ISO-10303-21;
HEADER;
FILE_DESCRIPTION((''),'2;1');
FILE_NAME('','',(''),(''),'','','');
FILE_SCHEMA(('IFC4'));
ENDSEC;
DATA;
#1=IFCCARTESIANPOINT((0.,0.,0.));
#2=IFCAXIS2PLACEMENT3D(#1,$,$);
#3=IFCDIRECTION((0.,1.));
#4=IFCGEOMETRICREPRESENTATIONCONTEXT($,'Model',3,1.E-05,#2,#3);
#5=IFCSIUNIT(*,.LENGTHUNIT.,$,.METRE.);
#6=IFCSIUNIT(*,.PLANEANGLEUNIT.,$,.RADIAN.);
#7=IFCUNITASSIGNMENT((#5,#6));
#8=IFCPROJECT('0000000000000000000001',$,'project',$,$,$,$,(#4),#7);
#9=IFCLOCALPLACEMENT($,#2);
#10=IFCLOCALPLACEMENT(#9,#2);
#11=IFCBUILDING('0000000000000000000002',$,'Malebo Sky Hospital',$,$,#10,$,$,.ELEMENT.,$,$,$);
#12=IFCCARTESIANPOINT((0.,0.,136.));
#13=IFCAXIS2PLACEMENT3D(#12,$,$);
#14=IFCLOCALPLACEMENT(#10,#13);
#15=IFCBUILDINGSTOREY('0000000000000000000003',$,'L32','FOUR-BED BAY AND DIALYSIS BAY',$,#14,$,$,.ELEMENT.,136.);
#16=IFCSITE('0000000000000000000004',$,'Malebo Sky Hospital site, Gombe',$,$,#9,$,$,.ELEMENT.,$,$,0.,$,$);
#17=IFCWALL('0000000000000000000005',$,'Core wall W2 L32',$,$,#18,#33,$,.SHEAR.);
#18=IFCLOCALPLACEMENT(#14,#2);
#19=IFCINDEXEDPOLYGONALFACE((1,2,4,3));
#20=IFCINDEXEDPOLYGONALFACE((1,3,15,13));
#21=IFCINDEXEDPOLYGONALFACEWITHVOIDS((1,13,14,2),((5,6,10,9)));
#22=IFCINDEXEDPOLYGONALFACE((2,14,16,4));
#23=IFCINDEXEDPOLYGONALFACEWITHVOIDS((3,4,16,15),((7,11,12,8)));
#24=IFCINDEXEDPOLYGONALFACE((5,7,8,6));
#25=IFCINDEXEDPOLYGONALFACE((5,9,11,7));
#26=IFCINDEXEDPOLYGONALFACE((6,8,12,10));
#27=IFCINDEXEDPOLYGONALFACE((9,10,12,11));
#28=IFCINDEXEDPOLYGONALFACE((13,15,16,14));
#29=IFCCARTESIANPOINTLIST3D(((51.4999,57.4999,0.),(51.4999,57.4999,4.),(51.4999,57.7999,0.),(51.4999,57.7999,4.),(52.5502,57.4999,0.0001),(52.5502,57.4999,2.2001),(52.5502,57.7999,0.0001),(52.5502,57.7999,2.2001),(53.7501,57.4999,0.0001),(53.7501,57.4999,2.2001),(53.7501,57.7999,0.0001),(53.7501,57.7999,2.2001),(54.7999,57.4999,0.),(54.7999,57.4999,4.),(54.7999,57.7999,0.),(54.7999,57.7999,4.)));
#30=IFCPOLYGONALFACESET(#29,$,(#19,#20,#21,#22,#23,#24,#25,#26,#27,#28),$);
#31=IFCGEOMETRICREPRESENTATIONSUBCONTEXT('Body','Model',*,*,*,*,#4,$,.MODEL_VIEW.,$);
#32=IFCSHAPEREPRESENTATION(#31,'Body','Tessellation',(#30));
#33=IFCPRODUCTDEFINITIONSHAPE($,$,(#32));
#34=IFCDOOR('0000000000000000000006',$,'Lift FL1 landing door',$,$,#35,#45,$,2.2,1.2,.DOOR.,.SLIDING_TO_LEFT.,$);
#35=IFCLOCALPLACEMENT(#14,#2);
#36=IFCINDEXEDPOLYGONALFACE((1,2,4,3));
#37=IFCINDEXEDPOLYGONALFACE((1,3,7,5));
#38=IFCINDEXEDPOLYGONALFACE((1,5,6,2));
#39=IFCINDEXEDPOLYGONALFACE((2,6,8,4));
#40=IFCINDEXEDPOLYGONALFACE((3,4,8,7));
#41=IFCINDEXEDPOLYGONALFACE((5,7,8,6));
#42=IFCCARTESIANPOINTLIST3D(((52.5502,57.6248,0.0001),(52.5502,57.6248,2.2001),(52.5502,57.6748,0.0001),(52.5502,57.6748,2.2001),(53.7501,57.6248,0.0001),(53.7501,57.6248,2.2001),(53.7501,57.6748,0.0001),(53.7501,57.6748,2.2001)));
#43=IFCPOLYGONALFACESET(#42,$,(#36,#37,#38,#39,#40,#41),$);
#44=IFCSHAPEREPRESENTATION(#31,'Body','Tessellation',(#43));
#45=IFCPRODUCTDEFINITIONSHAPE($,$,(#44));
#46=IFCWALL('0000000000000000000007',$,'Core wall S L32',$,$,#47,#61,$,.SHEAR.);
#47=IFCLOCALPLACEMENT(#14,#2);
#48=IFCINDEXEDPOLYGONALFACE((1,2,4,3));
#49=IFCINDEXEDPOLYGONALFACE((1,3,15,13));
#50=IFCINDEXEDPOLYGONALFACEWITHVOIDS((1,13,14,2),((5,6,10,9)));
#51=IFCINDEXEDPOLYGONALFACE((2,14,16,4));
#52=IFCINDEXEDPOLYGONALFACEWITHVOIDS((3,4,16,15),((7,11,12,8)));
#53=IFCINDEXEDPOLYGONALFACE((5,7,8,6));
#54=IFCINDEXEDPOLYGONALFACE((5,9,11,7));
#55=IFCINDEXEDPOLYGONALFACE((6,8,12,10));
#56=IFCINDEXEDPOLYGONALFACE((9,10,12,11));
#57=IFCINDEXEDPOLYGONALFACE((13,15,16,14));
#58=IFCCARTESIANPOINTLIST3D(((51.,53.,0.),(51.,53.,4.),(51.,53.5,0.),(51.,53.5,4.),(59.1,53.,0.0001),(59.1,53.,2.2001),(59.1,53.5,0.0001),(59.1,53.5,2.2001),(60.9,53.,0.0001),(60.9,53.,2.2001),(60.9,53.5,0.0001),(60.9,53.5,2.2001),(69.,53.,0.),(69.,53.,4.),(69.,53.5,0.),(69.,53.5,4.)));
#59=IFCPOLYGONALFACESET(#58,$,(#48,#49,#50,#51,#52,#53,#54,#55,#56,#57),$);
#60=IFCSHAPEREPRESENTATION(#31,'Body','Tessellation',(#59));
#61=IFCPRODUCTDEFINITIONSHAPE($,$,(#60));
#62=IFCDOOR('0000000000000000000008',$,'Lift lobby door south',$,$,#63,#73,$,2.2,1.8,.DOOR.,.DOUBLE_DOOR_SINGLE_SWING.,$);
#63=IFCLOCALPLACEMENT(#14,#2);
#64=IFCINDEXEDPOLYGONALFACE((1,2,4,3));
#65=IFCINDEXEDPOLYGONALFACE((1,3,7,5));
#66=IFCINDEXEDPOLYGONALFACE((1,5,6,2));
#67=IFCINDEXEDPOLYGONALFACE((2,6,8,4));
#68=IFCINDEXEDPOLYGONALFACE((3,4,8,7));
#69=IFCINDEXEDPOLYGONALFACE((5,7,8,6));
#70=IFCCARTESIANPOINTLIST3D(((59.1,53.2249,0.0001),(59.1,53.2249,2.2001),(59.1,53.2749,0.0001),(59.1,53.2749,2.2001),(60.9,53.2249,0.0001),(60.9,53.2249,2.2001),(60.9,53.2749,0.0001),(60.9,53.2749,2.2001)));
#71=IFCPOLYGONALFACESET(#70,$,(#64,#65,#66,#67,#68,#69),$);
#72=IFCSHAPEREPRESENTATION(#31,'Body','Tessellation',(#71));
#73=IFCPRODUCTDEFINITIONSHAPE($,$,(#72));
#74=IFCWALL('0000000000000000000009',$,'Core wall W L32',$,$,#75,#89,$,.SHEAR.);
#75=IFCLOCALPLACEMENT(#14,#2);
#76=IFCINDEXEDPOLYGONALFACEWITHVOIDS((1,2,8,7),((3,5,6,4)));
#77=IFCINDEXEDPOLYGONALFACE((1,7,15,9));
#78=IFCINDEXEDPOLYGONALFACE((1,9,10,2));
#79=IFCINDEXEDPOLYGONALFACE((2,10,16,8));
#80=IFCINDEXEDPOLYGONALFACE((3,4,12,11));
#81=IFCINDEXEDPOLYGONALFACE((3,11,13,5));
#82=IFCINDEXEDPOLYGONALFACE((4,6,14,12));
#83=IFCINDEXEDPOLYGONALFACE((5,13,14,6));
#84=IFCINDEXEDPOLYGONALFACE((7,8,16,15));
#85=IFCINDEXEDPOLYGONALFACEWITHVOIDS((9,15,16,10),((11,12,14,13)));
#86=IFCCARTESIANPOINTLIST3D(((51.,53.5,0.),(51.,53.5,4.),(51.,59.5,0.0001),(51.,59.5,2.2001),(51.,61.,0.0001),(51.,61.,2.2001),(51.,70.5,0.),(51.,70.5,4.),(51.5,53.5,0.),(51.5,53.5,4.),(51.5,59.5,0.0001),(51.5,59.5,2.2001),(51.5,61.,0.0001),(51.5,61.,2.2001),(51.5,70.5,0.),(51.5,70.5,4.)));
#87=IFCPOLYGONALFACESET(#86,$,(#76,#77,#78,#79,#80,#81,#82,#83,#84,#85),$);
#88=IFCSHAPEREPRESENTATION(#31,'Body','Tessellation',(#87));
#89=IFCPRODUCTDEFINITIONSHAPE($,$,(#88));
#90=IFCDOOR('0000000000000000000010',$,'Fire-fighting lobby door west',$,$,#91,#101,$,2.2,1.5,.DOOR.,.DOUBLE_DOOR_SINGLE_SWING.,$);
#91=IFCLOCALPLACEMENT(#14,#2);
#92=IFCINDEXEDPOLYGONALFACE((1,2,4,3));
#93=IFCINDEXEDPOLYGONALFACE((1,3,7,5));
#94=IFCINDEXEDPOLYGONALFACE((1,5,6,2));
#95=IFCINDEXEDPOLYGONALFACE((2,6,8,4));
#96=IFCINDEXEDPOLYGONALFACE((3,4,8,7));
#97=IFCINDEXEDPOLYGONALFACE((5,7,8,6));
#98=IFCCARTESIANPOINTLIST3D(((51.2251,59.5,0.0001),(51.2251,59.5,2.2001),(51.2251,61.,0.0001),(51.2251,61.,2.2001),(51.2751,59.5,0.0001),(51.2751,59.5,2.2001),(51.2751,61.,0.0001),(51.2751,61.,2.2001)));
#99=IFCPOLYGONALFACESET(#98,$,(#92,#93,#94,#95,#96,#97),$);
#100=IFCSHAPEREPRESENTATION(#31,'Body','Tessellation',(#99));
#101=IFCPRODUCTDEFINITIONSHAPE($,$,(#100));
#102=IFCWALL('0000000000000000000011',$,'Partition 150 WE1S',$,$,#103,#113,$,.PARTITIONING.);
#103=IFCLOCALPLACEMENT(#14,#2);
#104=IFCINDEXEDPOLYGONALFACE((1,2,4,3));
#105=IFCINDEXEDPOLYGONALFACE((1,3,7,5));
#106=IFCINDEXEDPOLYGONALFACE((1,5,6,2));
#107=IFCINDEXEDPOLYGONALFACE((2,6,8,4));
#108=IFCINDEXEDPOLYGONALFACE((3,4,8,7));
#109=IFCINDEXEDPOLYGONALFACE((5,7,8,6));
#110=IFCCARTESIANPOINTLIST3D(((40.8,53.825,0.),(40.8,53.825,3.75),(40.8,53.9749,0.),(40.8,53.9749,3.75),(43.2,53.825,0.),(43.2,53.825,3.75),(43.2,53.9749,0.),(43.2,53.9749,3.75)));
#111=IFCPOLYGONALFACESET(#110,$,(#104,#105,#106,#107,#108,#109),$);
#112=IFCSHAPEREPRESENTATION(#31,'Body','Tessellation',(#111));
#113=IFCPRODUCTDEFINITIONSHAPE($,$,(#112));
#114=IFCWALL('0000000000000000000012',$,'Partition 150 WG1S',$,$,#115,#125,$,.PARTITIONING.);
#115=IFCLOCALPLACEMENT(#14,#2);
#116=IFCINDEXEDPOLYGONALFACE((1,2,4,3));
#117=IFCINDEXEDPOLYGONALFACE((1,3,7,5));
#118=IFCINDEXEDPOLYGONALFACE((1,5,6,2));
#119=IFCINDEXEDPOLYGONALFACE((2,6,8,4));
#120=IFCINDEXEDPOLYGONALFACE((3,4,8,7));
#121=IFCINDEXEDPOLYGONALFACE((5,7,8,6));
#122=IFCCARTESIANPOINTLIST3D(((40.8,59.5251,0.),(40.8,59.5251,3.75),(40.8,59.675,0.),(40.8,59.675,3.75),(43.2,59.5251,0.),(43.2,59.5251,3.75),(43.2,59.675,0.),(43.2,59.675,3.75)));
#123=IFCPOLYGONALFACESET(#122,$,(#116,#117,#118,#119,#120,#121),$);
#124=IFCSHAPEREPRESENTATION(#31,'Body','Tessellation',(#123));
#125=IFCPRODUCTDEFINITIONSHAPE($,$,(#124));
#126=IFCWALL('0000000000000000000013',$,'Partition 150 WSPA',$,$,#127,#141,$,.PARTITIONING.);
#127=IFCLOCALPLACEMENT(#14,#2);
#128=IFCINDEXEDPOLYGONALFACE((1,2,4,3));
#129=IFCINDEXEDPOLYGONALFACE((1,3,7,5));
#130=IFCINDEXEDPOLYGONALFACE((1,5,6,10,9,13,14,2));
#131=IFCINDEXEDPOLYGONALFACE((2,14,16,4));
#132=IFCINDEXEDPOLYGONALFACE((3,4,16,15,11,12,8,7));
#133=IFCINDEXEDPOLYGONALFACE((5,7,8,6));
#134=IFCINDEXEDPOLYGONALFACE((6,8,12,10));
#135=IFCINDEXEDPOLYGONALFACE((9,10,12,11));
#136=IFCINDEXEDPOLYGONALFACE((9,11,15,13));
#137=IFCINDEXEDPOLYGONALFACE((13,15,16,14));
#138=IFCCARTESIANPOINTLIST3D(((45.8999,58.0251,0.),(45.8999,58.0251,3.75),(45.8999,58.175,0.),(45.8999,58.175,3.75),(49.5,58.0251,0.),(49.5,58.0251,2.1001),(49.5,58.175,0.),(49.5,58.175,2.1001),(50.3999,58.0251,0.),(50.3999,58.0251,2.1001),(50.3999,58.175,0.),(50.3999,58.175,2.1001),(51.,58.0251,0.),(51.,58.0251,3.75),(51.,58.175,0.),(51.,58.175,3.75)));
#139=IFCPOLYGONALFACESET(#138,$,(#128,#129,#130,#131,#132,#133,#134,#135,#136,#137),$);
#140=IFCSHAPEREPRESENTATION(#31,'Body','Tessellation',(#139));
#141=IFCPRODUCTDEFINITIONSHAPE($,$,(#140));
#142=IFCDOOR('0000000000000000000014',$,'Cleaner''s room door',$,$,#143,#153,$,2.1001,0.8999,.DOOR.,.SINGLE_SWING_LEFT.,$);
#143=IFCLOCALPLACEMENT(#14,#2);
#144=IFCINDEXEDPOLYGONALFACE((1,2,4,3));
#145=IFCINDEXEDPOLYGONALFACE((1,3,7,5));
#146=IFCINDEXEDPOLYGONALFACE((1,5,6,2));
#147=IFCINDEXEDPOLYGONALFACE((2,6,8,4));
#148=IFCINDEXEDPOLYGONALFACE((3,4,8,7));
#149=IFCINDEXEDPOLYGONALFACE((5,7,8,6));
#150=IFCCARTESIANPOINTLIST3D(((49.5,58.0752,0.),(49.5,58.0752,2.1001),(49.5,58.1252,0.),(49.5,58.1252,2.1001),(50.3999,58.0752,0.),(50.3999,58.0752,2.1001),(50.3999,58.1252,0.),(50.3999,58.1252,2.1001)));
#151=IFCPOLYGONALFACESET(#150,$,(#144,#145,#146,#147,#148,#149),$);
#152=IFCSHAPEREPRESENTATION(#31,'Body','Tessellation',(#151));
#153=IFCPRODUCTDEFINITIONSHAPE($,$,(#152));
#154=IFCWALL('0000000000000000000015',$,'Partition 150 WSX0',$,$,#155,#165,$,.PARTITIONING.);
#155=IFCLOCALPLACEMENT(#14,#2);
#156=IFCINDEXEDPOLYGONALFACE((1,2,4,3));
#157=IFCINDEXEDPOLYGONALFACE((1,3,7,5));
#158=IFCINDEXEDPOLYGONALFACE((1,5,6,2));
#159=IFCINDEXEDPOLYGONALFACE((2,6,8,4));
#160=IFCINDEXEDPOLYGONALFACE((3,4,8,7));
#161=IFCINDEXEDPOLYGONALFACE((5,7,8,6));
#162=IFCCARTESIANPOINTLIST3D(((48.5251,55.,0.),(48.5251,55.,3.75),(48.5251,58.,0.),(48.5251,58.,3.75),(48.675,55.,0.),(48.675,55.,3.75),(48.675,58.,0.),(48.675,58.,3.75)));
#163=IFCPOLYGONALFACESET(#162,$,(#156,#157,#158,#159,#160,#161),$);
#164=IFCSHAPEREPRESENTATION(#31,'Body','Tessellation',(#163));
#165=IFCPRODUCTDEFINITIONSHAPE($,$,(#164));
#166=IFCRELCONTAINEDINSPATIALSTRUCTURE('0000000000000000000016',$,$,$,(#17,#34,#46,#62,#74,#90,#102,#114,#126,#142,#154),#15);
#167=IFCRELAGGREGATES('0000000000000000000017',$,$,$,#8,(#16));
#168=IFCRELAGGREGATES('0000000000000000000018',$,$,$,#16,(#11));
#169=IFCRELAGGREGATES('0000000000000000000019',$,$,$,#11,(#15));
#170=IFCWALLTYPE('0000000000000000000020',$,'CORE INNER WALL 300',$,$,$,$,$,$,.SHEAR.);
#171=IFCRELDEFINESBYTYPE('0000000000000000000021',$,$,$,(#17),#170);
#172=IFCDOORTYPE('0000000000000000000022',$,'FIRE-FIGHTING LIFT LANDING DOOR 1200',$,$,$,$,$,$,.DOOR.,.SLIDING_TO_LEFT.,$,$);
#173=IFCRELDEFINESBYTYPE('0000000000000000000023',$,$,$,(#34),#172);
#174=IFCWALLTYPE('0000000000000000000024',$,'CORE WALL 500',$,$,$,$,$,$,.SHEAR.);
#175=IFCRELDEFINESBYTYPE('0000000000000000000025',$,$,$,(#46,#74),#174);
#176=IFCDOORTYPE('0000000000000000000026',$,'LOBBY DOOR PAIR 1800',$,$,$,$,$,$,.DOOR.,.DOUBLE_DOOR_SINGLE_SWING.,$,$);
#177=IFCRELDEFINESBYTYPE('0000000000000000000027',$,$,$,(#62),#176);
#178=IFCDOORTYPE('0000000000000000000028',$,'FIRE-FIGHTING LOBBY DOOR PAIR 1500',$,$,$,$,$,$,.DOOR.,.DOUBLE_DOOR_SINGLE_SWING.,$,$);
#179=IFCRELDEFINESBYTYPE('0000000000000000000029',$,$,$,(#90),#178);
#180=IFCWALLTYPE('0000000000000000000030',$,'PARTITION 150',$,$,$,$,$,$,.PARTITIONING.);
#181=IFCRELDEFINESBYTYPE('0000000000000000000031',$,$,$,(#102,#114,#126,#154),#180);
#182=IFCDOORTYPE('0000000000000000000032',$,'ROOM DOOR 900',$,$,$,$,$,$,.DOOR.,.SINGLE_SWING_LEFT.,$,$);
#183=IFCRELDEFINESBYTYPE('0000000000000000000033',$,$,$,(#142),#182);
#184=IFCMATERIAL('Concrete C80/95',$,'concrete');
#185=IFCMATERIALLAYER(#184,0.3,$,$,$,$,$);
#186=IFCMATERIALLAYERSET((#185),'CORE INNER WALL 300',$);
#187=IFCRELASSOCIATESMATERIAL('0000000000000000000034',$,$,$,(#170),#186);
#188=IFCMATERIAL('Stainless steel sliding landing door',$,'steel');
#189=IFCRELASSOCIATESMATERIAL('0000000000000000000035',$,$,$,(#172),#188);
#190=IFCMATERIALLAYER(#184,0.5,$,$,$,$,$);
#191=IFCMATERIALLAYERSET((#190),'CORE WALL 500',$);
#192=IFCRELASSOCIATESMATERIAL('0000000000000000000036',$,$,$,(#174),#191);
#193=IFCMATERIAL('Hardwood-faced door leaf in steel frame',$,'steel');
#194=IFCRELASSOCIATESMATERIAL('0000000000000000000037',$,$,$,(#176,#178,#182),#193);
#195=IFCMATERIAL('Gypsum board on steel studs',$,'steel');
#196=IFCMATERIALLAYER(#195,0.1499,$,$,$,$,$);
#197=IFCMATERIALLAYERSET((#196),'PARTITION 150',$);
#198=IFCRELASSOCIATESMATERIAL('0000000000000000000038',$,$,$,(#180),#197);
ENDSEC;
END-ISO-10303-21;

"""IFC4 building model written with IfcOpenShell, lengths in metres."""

from ifc_helpers import new_model, si_unit, direction, frame, frame_2d, origin, place, context, subcontext, project, spatial, rectangle, extrude, material, layer, layer_set, type_object, element, fill, save


model = new_model("IFC4")

# Units and contexts
model_context = context("Model", 3, precision=1e-05, world=origin(), true_north=direction((0.0, 1.0)))
body_context = subcontext(model_context, "Body", "Model", "MODEL_VIEW")
ifc_project = project(units=[si_unit("LENGTHUNIT", "METRE"), si_unit("PLANEANGLEUNIT", "RADIAN")], contexts=[model_context])

# Site, building, storey
site_placement = place(None, origin())
site = spatial("IfcSite", under=ifc_project, at=site_placement, Name="Malebo Sky Hospital site, Gombe", CompositionType="ELEMENT", RefElevation=0.0)
building_placement = place(site_placement, origin())
building = spatial("IfcBuilding", under=site, at=building_placement, Name="Malebo Sky Hospital", CompositionType="ELEMENT")
storey_placement = place(building_placement, frame((0.0, 0.0, 136.0)))
storey = spatial("IfcBuildingStorey", under=building, at=storey_placement, Name="L32", Description="FOUR-BED BAY AND DIALYSIS BAY", CompositionType="ELEMENT", Elevation=136.0)

# Shared definitions
ifc_material_1 = material(Name="Concrete C80/95", Category="concrete")
ifc_material_2 = material(Name="Stainless steel sliding landing door", Category="steel")

# Shared definitions
ifc_layer_1 = layer(ifc_material_1, 0.3)
ifc_layer_set_1 = layer_set([ifc_layer_1], Name="CORE INNER WALL 300")
wall_type_1 = type_object("IfcWallType", Name="CORE INNER WALL 300", PredefinedType="SHEAR", material=ifc_layer_set_1)

# Walls, openings, doors
wall_1_placement = place(storey_placement, frame((51.5, 57.6499, 0.0), z_axis=(0.0, 0.0, 1.0), x_axis=(1.0, 0.0, 0.0)))
wall_1 = element("IfcWall", 1, at=wall_1_placement, inside=storey, type_object=wall_type_1, Name="Core wall W2 L32", PredefinedType="SHEAR", context=body_context, shape_type="SweptSolid", body=[
    extrude(rectangle(XDim=3.3, YDim=0.3, at=frame_2d((1.6499, 0.0))), origin(), (0.0, 0.0, 1.0), 4.0),
])
opening_1_placement = place(wall_1_placement, frame((1.05, 0.0, 0.0)))
opening_1 = element("IfcOpeningElement", 2, at=opening_1_placement, cuts=wall_1, PredefinedType="OPENING", context=body_context, shape_type="SweptSolid", body=[
    extrude(rectangle(XDim=1.2, YDim=2.2, at=frame_2d((0.6001, 1.1001))), frame((0.0, 0.1599, 0.0), z_axis=(0.0, -1.0, 0.0), x_axis=(1.0, 0.0, 0.0)), (0.0, 0.0, 1.0), 0.3201),
])
door_type_1 = type_object("IfcDoorType", Name="FIRE-FIGHTING LIFT LANDING DOOR 1200", OperationType="SLIDING_TO_LEFT", PredefinedType="DOOR", material=ifc_material_2)
door_1_placement = place(opening_1_placement, origin())
door_1 = element("IfcDoor", 3, at=door_1_placement, inside=storey, type_object=door_type_1, Name="Lift FL1 landing door", OperationType="SLIDING_TO_LEFT", OverallHeight=2.2, OverallWidth=1.2, PredefinedType="DOOR", context=body_context, shape_type="SweptSolid", body=[
    extrude(rectangle(XDim=1.2, YDim=2.2, at=frame_2d((0.6001, 1.1001))), frame((0.0, 0.0249, 0.0), z_axis=(0.0, -1.0, 0.0), x_axis=(1.0, 0.0, 0.0)), (0.0, 0.0, 1.0), 0.05),
])
fill(opening_1, door_1)
ifc_layer_2 = layer(ifc_material_1, 0.5)
ifc_layer_set_2 = layer_set([ifc_layer_2], Name="CORE WALL 500")
wall_type_2 = type_object("IfcWallType", Name="CORE WALL 500", PredefinedType="SHEAR", material=ifc_layer_set_2)
wall_2_placement = place(storey_placement, frame((51.0, 53.25, 0.0), z_axis=(0.0, 0.0, 1.0), x_axis=(1.0, 0.0, 0.0)))
wall_2 = element("IfcWall", 4, at=wall_2_placement, inside=storey, type_object=wall_type_2, Name="Core wall S L32", PredefinedType="SHEAR", context=body_context, shape_type="SweptSolid", body=[
    extrude(rectangle(XDim=18.0, YDim=0.5, at=frame_2d((9.0, 0.0))), origin(), (0.0, 0.0, 1.0), 4.0),
])
opening_2_placement = place(wall_2_placement, frame((8.1001, 0.0, 0.0)))
opening_2 = element("IfcOpeningElement", 5, at=opening_2_placement, cuts=wall_2, PredefinedType="OPENING", context=body_context, shape_type="SweptSolid", body=[
    extrude(rectangle(XDim=1.8, YDim=2.2, at=frame_2d((0.8999, 1.1001))), frame((0.0, 0.26, 0.0), z_axis=(0.0, -1.0, 0.0), x_axis=(1.0, 0.0, 0.0)), (0.0, 0.0, 1.0), 0.52),
])
ifc_material_3 = material(Name="Hardwood-faced door leaf in steel frame", Category="steel")
door_type_2 = type_object("IfcDoorType", Name="LOBBY DOOR PAIR 1800", OperationType="DOUBLE_DOOR_SINGLE_SWING", PredefinedType="DOOR", material=ifc_material_3)
door_2_placement = place(opening_2_placement, origin())
door_2 = element("IfcDoor", 6, at=door_2_placement, inside=storey, type_object=door_type_2, Name="Lift lobby door south", OperationType="DOUBLE_DOOR_SINGLE_SWING", OverallHeight=2.2, OverallWidth=1.8, PredefinedType="DOOR", context=body_context, shape_type="SweptSolid", body=[
    extrude(rectangle(XDim=1.8, YDim=2.2, at=frame_2d((0.8999, 1.1001))), frame((0.0, 0.0249, 0.0), z_axis=(0.0, -1.0, 0.0), x_axis=(1.0, 0.0, 0.0)), (0.0, 0.0, 1.0), 0.05),
])
fill(opening_2, door_2)
wall_3_placement = place(storey_placement, frame((51.25, 53.5, 0.0), z_axis=(0.0, 0.0, 1.0), x_axis=(0.0, 1.0, 0.0)))
wall_3 = element("IfcWall", 7, at=wall_3_placement, inside=storey, type_object=wall_type_2, Name="Core wall W L32", PredefinedType="SHEAR", context=body_context, shape_type="SweptSolid", body=[
    extrude(rectangle(XDim=17.0, YDim=0.5, at=frame_2d((8.5, 0.0))), origin(), (0.0, 0.0, 1.0), 4.0),
])
opening_3_placement = place(wall_3_placement, frame((6.0, 0.0, 0.0)))
opening_3 = element("IfcOpeningElement", 8, at=opening_3_placement, cuts=wall_3, PredefinedType="OPENING", context=body_context, shape_type="SweptSolid", body=[
    extrude(rectangle(XDim=1.5, YDim=2.2, at=frame_2d((0.75, 1.1001))), frame((0.0, 0.26, 0.0), z_axis=(0.0, -1.0, 0.0), x_axis=(1.0, 0.0, 0.0)), (0.0, 0.0, 1.0), 0.52),
])
door_type_3 = type_object("IfcDoorType", Name="FIRE-FIGHTING LOBBY DOOR PAIR 1500", OperationType="DOUBLE_DOOR_SINGLE_SWING", PredefinedType="DOOR", material=ifc_material_3)
door_3_placement = place(opening_3_placement, origin())
door_3 = element("IfcDoor", 9, at=door_3_placement, inside=storey, type_object=door_type_3, Name="Fire-fighting lobby door west", OperationType="DOUBLE_DOOR_SINGLE_SWING", OverallHeight=2.2, OverallWidth=1.5, PredefinedType="DOOR", context=body_context, shape_type="SweptSolid", body=[
    extrude(rectangle(XDim=1.5, YDim=2.2, at=frame_2d((0.75, 1.1001))), frame((0.0, 0.0249, 0.0), z_axis=(0.0, -1.0, 0.0), x_axis=(1.0, 0.0, 0.0)), (0.0, 0.0, 1.0), 0.05),
])
fill(opening_3, door_3)

# Walls
ifc_material_4 = material(Name="Gypsum board on steel studs", Category="steel")
ifc_layer_3 = layer(ifc_material_4, 0.1499)
ifc_layer_set_3 = layer_set([ifc_layer_3], Name="PARTITION 150")
wall_type_3 = type_object("IfcWallType", Name="PARTITION 150", PredefinedType="PARTITIONING", material=ifc_layer_set_3)
for number, where, z_axis, x_axis, name in (
    (10, (43.2, 53.8999, 0.0), (0.0, 0.0, 1.0), (-1.0, 0.0, 0.0), "Partition 150 WE1S"),
    (11, (43.2, 59.6001, 0.0), (0.0, 0.0, 1.0), (-1.0, 0.0, 0.0), "Partition 150 WG1S"),
):
    element("IfcWall", number, at=place(storey_placement, frame(where, z_axis=z_axis, x_axis=x_axis)), inside=storey, type_object=wall_type_3, Name=name, PredefinedType="PARTITIONING", context=body_context, shape_type="SweptSolid", body=[
        extrude(rectangle(XDim=2.3999, YDim=0.1499, at=frame_2d((1.2, 0.0))), origin(), (0.0, 0.0, 1.0), 3.75),
    ])

# Wall, opening, door
wall_4_placement = place(storey_placement, frame((51.0, 58.1001, 0.0), z_axis=(0.0, 0.0, 1.0), x_axis=(-1.0, 0.0, 0.0)))
wall_4 = element("IfcWall", 12, at=wall_4_placement, inside=storey, type_object=wall_type_3, Name="Partition 150 WSPA", PredefinedType="PARTITIONING", context=body_context, shape_type="SweptSolid", body=[
    extrude(rectangle(XDim=5.1001, YDim=0.1499, at=frame_2d((2.55, 0.0))), origin(), (0.0, 0.0, 1.0), 3.75),
])
opening_4_placement = place(wall_4_placement, frame((0.6001, 0.0, 0.0)))
opening_4 = element("IfcOpeningElement", 13, at=opening_4_placement, cuts=wall_4, PredefinedType="OPENING", context=body_context, shape_type="SweptSolid", body=[
    extrude(rectangle(XDim=0.8999, YDim=2.1001, at=frame_2d((0.45, 1.05))), frame((0.0, 0.085, 0.0), z_axis=(0.0, -1.0, 0.0), x_axis=(1.0, 0.0, 0.0)), (0.0, 0.0, 1.0), 0.1699),
])
door_type_4 = type_object("IfcDoorType", Name="ROOM DOOR 900", OperationType="SINGLE_SWING_LEFT", PredefinedType="DOOR", material=ifc_material_3)
door_4_placement = place(opening_4_placement, origin())
door_4 = element("IfcDoor", 14, at=door_4_placement, inside=storey, type_object=door_type_4, Name="Cleaner's room door", OperationType="SINGLE_SWING_LEFT", OverallHeight=2.1001, OverallWidth=0.8999, PredefinedType="DOOR", context=body_context, shape_type="SweptSolid", body=[
    extrude(rectangle(XDim=0.8999, YDim=2.1001, at=frame_2d((0.45, 1.05))), frame((0.0, 0.0249, 0.0), z_axis=(0.0, -1.0, 0.0), x_axis=(1.0, 0.0, 0.0)), (0.0, 0.0, 1.0), 0.05),
])
fill(opening_4, door_4)

# Wall
wall_5_placement = place(storey_placement, frame((48.6001, 55.0, 0.0), z_axis=(0.0, 0.0, 1.0), x_axis=(0.0, 1.0, 0.0)))
element("IfcWall", 15, at=wall_5_placement, inside=storey, type_object=wall_type_3, Name="Partition 150 WSX0", PredefinedType="PARTITIONING", context=body_context, shape_type="SweptSolid", body=[
    extrude(rectangle(XDim=3.0, YDim=0.1499, at=frame_2d((1.5, 0.0))), origin(), (0.0, 0.0, 1.0), 3.75),
])

save(model, "model.ifc")
